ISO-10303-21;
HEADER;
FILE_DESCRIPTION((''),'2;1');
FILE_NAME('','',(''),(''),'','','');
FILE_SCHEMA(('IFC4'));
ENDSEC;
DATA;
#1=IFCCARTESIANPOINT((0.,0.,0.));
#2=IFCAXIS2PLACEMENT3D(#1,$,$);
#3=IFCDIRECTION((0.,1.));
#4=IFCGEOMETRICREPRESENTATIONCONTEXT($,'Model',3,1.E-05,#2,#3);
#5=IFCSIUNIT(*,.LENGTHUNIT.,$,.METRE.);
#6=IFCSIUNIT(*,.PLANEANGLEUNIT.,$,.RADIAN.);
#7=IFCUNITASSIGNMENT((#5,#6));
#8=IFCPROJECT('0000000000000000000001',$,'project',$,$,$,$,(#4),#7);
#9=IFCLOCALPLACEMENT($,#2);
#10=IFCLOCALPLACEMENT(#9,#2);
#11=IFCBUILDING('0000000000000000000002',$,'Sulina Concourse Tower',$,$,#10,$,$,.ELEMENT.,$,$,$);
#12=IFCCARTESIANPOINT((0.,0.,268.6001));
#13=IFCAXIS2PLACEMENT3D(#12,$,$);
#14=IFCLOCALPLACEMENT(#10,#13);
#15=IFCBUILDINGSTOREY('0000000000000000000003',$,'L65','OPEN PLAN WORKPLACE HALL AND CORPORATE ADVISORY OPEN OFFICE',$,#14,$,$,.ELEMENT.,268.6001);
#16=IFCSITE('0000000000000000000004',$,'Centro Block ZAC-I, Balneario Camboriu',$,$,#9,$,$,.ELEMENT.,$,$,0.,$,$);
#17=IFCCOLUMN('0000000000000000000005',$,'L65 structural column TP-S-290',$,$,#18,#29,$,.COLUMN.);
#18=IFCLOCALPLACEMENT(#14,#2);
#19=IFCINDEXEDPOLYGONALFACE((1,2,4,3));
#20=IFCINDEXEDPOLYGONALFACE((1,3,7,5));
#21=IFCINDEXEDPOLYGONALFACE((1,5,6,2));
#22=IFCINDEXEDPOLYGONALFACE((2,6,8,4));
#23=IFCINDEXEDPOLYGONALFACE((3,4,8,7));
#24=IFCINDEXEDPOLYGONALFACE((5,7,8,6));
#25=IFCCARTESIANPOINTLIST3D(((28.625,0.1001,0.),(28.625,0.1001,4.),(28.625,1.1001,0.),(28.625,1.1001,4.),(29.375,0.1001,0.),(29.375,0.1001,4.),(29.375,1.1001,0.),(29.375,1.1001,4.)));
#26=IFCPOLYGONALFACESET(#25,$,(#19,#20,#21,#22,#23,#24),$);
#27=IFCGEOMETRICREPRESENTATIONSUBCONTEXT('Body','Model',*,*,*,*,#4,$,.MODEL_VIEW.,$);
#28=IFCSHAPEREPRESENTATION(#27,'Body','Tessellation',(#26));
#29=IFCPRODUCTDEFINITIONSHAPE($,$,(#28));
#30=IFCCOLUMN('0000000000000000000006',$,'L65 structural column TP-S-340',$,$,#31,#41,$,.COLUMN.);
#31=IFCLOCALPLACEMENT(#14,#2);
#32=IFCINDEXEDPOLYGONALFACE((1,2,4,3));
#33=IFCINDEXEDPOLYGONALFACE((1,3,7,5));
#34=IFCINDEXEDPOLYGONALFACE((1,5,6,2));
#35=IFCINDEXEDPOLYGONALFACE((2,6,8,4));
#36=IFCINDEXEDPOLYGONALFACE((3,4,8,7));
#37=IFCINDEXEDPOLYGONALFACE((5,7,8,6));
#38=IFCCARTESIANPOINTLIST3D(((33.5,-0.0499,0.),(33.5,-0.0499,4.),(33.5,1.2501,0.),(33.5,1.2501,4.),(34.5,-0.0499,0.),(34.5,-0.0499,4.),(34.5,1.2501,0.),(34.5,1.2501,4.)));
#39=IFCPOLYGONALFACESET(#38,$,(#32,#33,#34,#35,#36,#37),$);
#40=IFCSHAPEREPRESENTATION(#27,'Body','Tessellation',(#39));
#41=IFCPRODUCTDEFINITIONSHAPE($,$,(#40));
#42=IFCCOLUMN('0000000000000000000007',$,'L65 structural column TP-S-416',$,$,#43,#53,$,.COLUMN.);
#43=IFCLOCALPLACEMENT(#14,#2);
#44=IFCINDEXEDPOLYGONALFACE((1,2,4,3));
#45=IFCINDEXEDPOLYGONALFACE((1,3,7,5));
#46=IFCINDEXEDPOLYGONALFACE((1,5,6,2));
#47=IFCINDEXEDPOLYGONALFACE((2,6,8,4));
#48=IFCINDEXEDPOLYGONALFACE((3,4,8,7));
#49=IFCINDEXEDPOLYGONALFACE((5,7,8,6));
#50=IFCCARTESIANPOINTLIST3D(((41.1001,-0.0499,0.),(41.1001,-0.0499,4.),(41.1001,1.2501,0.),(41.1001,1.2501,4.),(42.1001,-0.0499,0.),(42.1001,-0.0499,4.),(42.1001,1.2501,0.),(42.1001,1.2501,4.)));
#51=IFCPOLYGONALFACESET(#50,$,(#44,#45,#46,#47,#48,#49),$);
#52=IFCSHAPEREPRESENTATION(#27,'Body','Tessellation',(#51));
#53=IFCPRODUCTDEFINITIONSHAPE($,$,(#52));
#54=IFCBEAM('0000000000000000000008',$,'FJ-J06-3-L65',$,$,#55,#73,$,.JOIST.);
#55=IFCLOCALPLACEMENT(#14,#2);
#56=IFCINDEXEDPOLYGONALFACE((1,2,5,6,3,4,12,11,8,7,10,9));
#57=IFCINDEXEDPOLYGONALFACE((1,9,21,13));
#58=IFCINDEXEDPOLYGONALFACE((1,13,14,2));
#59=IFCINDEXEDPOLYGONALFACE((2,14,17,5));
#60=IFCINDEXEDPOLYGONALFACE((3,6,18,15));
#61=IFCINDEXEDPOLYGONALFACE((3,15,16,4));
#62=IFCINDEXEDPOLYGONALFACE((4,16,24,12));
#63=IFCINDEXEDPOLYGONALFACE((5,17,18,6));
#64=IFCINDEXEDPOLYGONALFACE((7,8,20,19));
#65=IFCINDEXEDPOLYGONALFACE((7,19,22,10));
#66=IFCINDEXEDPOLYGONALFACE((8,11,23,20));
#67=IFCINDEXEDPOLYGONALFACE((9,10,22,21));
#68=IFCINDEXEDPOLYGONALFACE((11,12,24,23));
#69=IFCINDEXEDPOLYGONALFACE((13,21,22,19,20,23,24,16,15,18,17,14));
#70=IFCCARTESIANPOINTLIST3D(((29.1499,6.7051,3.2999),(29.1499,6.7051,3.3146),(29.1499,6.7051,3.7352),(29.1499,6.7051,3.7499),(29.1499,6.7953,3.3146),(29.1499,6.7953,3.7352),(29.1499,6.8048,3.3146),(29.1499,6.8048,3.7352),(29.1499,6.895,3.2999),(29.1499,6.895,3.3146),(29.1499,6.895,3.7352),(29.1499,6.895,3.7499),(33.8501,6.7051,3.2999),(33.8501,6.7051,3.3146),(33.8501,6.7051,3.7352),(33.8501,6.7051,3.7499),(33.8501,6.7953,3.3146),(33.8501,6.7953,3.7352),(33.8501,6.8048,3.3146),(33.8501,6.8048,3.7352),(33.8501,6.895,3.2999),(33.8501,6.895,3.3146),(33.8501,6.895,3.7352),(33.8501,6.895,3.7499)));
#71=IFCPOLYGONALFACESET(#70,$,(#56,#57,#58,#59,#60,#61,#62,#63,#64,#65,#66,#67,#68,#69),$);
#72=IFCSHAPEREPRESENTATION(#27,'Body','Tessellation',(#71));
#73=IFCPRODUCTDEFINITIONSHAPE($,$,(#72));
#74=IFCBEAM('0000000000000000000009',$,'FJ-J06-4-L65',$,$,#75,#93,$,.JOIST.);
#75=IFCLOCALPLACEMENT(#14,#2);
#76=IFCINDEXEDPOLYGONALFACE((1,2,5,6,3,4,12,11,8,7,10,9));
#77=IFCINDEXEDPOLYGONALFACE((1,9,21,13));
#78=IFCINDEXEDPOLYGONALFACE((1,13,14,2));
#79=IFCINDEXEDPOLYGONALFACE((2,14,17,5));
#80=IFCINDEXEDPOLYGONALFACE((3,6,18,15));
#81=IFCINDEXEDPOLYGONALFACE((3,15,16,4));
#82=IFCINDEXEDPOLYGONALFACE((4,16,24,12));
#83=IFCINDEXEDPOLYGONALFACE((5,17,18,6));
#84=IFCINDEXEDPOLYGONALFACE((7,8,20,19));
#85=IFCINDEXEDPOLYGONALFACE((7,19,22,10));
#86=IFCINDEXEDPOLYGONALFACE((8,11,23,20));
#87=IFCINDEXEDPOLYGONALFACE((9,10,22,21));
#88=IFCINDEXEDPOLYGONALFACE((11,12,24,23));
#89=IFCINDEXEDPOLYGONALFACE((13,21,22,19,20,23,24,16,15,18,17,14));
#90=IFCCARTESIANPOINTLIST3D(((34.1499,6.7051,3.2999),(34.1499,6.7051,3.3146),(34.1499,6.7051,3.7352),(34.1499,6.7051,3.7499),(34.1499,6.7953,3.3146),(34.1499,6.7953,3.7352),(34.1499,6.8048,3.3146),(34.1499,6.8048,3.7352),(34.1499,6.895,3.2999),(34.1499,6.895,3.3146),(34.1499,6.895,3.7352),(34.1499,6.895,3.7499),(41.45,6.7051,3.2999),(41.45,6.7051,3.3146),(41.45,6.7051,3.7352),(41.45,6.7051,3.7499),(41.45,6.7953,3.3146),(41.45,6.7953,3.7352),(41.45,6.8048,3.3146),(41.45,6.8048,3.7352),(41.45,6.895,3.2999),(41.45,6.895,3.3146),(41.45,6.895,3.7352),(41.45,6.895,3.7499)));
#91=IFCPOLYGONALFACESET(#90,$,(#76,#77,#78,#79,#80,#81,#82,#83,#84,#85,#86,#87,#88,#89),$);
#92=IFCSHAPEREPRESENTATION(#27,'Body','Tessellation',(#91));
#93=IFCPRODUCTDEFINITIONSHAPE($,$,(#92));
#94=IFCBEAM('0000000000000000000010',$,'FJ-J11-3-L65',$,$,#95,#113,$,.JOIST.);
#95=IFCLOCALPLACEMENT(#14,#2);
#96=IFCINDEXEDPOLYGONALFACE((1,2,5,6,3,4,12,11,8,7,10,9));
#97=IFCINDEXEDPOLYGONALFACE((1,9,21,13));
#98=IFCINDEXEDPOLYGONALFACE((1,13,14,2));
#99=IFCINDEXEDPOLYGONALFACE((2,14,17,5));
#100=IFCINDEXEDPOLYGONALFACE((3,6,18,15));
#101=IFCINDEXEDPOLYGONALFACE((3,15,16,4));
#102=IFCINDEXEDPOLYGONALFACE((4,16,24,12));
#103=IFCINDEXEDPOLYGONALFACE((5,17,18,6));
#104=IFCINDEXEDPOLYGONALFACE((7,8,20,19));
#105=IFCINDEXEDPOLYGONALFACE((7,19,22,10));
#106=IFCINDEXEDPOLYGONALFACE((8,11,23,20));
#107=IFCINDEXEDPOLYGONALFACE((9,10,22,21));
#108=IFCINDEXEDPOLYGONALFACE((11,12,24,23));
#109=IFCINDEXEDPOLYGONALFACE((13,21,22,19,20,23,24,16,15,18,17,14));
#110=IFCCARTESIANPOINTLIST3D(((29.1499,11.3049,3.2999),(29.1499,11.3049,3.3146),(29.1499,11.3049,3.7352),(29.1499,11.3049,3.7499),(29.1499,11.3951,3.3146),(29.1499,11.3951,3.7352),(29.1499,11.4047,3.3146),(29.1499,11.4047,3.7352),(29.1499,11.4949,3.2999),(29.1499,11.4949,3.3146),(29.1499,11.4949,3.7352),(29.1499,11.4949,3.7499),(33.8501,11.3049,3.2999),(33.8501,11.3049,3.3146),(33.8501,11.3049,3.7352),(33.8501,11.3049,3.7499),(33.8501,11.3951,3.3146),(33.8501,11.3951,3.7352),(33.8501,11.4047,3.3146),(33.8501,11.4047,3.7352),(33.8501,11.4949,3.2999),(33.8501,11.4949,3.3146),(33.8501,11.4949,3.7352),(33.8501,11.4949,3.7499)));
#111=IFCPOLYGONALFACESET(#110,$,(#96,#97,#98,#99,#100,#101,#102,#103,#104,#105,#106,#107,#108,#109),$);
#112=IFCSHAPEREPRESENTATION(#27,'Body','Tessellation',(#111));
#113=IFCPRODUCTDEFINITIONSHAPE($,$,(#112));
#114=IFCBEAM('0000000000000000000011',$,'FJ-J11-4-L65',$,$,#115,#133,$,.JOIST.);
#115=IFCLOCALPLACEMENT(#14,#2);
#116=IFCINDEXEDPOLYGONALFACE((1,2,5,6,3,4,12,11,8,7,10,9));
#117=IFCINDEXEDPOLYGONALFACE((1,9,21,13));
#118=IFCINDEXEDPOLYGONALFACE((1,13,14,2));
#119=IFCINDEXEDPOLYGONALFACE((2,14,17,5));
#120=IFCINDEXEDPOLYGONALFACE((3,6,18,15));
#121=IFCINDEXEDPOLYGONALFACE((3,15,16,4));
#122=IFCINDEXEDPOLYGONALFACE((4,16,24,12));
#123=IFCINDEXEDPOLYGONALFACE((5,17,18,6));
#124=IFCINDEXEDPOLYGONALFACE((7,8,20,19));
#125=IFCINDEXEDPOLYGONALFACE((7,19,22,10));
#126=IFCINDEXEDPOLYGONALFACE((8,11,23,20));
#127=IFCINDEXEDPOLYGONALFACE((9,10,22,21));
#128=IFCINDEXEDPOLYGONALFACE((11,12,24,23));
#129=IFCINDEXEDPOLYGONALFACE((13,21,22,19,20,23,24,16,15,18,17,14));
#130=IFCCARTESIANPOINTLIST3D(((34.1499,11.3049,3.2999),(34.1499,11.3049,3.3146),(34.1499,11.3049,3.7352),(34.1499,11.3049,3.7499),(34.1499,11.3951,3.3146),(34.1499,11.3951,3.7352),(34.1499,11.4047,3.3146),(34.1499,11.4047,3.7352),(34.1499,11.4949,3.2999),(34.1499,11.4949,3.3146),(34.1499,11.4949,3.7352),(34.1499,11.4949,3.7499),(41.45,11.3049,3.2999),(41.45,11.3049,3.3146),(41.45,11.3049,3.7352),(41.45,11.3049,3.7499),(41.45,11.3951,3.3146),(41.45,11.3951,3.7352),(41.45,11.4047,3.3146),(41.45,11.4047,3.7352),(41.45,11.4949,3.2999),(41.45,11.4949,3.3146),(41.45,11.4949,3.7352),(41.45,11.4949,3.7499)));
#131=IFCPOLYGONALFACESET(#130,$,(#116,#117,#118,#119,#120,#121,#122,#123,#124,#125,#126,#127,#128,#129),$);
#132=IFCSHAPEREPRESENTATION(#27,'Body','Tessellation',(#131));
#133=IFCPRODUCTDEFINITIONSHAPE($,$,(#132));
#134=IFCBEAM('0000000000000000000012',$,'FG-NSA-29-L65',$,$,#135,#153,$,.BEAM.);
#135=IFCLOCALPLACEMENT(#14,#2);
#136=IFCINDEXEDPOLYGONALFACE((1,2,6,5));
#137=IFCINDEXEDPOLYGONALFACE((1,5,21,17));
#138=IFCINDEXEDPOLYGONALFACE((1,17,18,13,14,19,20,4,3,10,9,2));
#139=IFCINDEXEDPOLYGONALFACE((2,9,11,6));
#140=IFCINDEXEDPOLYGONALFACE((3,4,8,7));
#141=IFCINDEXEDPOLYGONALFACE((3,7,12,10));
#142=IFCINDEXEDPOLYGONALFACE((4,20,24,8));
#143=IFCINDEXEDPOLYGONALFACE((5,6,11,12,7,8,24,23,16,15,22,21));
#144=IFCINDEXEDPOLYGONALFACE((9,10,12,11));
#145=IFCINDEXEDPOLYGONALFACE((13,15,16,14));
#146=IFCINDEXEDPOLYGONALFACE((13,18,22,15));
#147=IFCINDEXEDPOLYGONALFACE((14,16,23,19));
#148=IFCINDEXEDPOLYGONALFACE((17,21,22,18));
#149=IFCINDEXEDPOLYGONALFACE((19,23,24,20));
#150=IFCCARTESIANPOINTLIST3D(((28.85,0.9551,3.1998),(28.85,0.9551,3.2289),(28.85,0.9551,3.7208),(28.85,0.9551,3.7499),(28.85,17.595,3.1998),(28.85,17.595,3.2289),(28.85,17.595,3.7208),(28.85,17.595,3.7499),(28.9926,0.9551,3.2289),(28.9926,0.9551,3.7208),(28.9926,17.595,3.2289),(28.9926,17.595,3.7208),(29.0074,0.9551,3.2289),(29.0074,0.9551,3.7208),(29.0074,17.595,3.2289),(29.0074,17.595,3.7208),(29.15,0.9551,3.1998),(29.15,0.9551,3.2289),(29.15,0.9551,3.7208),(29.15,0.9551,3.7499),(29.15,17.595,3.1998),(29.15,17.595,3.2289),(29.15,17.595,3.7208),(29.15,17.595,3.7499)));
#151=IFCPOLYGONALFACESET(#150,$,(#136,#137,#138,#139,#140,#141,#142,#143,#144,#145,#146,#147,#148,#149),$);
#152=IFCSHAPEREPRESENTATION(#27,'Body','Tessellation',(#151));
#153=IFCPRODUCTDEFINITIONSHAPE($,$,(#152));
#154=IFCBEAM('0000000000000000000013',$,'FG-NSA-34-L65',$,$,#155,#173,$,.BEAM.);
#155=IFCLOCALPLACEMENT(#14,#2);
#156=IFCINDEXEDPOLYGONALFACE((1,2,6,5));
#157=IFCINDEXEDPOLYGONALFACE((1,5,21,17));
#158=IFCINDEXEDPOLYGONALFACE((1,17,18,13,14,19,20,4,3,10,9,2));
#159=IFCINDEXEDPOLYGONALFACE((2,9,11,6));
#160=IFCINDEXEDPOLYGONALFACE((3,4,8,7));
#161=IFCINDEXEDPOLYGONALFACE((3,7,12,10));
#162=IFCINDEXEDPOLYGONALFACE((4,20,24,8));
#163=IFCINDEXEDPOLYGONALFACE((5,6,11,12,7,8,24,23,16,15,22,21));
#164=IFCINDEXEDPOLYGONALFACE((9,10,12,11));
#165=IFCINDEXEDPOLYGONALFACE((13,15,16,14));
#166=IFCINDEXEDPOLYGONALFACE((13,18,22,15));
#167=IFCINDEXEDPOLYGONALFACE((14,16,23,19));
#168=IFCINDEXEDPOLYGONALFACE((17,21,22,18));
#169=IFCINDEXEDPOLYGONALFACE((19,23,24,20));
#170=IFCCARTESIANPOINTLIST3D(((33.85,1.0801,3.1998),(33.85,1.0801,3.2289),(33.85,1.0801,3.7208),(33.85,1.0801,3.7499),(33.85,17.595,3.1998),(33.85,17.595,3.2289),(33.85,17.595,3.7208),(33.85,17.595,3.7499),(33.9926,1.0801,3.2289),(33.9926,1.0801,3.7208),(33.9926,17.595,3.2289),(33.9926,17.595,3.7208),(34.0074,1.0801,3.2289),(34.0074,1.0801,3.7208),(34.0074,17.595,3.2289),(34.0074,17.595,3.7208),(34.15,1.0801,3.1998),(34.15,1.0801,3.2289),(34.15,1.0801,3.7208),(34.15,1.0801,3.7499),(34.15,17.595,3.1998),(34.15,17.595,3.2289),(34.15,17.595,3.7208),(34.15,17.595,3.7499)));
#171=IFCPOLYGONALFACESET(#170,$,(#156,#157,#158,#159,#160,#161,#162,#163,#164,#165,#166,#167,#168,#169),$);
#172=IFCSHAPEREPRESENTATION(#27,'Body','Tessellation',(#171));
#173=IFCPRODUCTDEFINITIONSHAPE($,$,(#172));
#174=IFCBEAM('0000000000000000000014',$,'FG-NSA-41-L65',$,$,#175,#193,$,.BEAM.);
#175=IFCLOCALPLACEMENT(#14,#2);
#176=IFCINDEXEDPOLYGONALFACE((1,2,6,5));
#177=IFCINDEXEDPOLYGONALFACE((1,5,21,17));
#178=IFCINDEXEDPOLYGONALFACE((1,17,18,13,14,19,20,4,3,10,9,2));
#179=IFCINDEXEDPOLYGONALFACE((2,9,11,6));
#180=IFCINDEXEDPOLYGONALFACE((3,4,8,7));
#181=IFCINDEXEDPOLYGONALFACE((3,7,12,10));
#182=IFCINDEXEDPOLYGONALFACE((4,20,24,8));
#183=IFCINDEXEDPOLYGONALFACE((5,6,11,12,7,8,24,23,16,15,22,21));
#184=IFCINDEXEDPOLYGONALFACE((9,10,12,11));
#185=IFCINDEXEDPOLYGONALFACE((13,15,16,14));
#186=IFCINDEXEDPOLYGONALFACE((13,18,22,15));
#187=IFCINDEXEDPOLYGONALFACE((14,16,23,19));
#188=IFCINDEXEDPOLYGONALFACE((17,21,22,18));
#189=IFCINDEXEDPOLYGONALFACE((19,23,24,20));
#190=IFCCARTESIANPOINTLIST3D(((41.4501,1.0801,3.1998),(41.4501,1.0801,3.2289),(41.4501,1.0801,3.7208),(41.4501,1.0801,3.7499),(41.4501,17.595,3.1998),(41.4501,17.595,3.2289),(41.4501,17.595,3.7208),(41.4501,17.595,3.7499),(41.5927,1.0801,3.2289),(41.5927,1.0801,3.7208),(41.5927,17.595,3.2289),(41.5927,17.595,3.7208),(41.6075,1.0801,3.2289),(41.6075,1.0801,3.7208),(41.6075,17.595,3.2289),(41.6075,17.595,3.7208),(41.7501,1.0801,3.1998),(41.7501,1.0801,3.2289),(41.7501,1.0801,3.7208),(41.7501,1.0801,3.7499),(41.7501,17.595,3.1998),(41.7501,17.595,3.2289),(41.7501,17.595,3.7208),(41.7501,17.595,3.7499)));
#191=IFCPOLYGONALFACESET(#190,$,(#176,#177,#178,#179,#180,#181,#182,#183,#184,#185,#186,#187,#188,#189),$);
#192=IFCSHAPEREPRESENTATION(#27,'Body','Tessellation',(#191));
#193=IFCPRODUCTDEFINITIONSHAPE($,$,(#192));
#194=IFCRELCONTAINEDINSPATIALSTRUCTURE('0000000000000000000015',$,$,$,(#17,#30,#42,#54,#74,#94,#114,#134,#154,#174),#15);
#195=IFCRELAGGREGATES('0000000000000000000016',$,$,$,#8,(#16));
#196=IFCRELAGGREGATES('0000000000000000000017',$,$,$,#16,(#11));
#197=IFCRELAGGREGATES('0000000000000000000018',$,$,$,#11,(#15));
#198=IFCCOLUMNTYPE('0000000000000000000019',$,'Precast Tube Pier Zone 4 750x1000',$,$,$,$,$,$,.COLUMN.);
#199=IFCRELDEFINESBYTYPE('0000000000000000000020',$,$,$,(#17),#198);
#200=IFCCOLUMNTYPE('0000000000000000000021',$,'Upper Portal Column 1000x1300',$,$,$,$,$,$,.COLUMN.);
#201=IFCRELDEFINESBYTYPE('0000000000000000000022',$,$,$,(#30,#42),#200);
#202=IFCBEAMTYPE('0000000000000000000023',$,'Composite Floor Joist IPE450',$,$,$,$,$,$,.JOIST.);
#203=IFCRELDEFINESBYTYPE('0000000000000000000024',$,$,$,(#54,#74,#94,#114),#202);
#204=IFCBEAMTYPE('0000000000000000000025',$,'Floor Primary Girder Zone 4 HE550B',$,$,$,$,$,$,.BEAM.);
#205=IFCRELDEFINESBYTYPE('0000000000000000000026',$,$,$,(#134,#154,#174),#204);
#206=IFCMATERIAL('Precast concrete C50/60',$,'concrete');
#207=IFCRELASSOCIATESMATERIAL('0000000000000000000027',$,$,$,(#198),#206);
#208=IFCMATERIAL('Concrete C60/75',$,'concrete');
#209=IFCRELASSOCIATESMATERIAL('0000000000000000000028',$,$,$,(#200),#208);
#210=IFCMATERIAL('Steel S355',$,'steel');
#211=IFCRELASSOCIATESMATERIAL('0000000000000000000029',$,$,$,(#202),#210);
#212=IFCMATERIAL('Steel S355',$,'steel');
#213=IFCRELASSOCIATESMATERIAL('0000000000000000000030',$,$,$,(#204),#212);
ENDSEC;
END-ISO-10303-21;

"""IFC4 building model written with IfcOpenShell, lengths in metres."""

from ifc_helpers import new_model, si_unit, direction, frame, origin, origin_2d, place, context, subcontext, project, spatial, rectangle, i_section, extrude, material, material_profile, profile_set, type_object, element, save


model = new_model("IFC4")

# Units and contexts
model_context = context("Model", 3, precision=1e-05, world=origin(), true_north=direction((0.0, 1.0)))
body_context = subcontext(model_context, "Body", "Model", "MODEL_VIEW")
ifc_project = project(units=[si_unit("LENGTHUNIT", "METRE"), si_unit("PLANEANGLEUNIT", "RADIAN")], contexts=[model_context])

# Site, building, storey
site_placement = place(None, origin())
site = spatial("IfcSite", under=ifc_project, at=site_placement, Name="Centro Block ZAC-I, Balneario Camboriu", CompositionType="ELEMENT", RefElevation=0.0)
building_placement = place(site_placement, origin())
building = spatial("IfcBuilding", under=site, at=building_placement, Name="Sulina Concourse Tower", CompositionType="ELEMENT")
storey_placement = place(building_placement, frame((0.0, 0.0, 268.6001)))
storey = spatial("IfcBuildingStorey", under=building, at=storey_placement, Name="L65", Description="OPEN PLAN WORKPLACE HALL AND CORPORATE ADVISORY OPEN OFFICE", CompositionType="ELEMENT", Elevation=268.6001)

# Columns
ifc_material_1 = material(Name="Precast concrete C50/60", Category="concrete")
ifc_material_profile_1 = material_profile(ifc_material_1, rectangle(XDim=0.75, YDim=1.0, at=origin_2d()), Name="PC 750x1000")
ifc_profile_set_1 = profile_set([ifc_material_profile_1], Name="Precast concrete C50/60")
column_type_1 = type_object("IfcColumnType", Name="Precast Tube Pier Zone 4 750x1000", PredefinedType="COLUMN", material=ifc_profile_set_1)
column_placement = place(storey_placement, frame((29.0, 0.6001, 0.0), z_axis=(0.0, 0.0, 1.0), x_axis=(1.0, 0.0, 0.0)))
element("IfcColumn", 1, at=column_placement, inside=storey, type_object=column_type_1, Name="L65 structural column TP-S-290", PredefinedType="COLUMN", context=body_context, shape_type="SweptSolid", body=[
    extrude(rectangle(XDim=0.75, YDim=1.0, at=origin_2d()), origin(), (0.0, 0.0, 1.0), 4.0),
])
ifc_material_2 = material(Name="Concrete C60/75", Category="concrete")
ifc_material_profile_2 = material_profile(ifc_material_2, rectangle(XDim=1.0, YDim=1.3, at=origin_2d()), Name="RC 1000x1300")
ifc_profile_set_2 = profile_set([ifc_material_profile_2], Name="Concrete C60/75")
column_type_2 = type_object("IfcColumnType", Name="Upper Portal Column 1000x1300", PredefinedType="COLUMN", material=ifc_profile_set_2)
for number, where, z_axis, x_axis, name in (
    (2, (34.0, 0.6001, 0.0), (0.0, 0.0, 1.0), (1.0, 0.0, 0.0), "L65 structural column TP-S-340"),
    (3, (41.6001, 0.6001, 0.0), (0.0, 0.0, 1.0), (1.0, 0.0, 0.0), "L65 structural column TP-S-416"),
):
    element("IfcColumn", number, at=place(storey_placement, frame(where, z_axis=z_axis, x_axis=x_axis)), inside=storey, type_object=column_type_2, Name=name, PredefinedType="COLUMN", context=body_context, shape_type="SweptSolid", body=[
        extrude(rectangle(XDim=1.0, YDim=1.3, at=origin_2d()), origin(), (0.0, 0.0, 1.0), 4.0),
    ])

# Beams
ifc_material_3 = material(Name="Steel S355", Category="steel")
ifc_material_profile_3 = material_profile(ifc_material_3, i_section(OverallWidth=0.1899, OverallDepth=0.45, WebThickness=0.0095, FlangeThickness=0.0146, at=origin_2d()), Name="IPE 450")
ifc_profile_set_3 = profile_set([ifc_material_profile_3], Name="Steel S355")
beam_type_1 = type_object("IfcBeamType", Name="Composite Floor Joist IPE450", PredefinedType="JOIST", material=ifc_profile_set_3)
beam_1_placement = place(storey_placement, frame((29.1499, 6.8, 3.5249), z_axis=(1.0, 0.0, 0.0), x_axis=(0.0, 1.0, 0.0)))
element("IfcBeam", 4, at=beam_1_placement, inside=storey, type_object=beam_type_1, Name="FJ-J06-3-L65", PredefinedType="JOIST", context=body_context, shape_type="SweptSolid", body=[
    extrude(i_section(OverallWidth=0.1899, OverallDepth=0.45, WebThickness=0.0095, FlangeThickness=0.0146, at=origin_2d()), origin(), (0.0, 0.0, 1.0), 4.7002),
])
beam_2_placement = place(storey_placement, frame((34.1499, 6.8, 3.5249), z_axis=(1.0, 0.0, 0.0), x_axis=(0.0, 1.0, 0.0)))
element("IfcBeam", 5, at=beam_2_placement, inside=storey, type_object=beam_type_1, Name="FJ-J06-4-L65", PredefinedType="JOIST", context=body_context, shape_type="SweptSolid", body=[
    extrude(i_section(OverallWidth=0.1899, OverallDepth=0.45, WebThickness=0.0095, FlangeThickness=0.0146, at=origin_2d()), origin(), (0.0, 0.0, 1.0), 7.3),
])
beam_3_placement = place(storey_placement, frame((29.1499, 11.3999, 3.5249), z_axis=(1.0, 0.0, 0.0), x_axis=(0.0, 1.0, 0.0)))
element("IfcBeam", 6, at=beam_3_placement, inside=storey, type_object=beam_type_1, Name="FJ-J11-3-L65", PredefinedType="JOIST", context=body_context, shape_type="SweptSolid", body=[
    extrude(i_section(OverallWidth=0.1899, OverallDepth=0.45, WebThickness=0.0095, FlangeThickness=0.0146, at=origin_2d()), origin(), (0.0, 0.0, 1.0), 4.7002),
])
beam_4_placement = place(storey_placement, frame((34.1499, 11.3999, 3.5249), z_axis=(1.0, 0.0, 0.0), x_axis=(0.0, 1.0, 0.0)))
element("IfcBeam", 7, at=beam_4_placement, inside=storey, type_object=beam_type_1, Name="FJ-J11-4-L65", PredefinedType="JOIST", context=body_context, shape_type="SweptSolid", body=[
    extrude(i_section(OverallWidth=0.1899, OverallDepth=0.45, WebThickness=0.0095, FlangeThickness=0.0146, at=origin_2d()), origin(), (0.0, 0.0, 1.0), 7.3),
])
ifc_material_4 = material(Name="Steel S355", Category="steel")
ifc_material_profile_4 = material_profile(ifc_material_4, i_section(OverallWidth=0.3, OverallDepth=0.55, WebThickness=0.0149, FlangeThickness=0.0291, at=origin_2d()), Name="HE 550 B")
ifc_profile_set_4 = profile_set([ifc_material_profile_4], Name="Steel S355")
beam_type_2 = type_object("IfcBeamType", Name="Floor Primary Girder Zone 4 HE550B", PredefinedType="BEAM", material=ifc_profile_set_4)
beam_5_placement = place(storey_placement, frame((29.0, 0.9551, 3.4749), z_axis=(0.0, 1.0, 0.0), x_axis=(-1.0, 0.0, 0.0)))
element("IfcBeam", 8, at=beam_5_placement, inside=storey, type_object=beam_type_2, Name="FG-NSA-29-L65", PredefinedType="BEAM", context=body_context, shape_type="SweptSolid", body=[
    extrude(i_section(OverallWidth=0.3, OverallDepth=0.55, WebThickness=0.0149, FlangeThickness=0.0291, at=origin_2d()), origin(), (0.0, 0.0, 1.0), 16.6399),
])
for number, where, z_axis, x_axis, name in (
    (9, (34.0, 1.0801, 3.4749), (0.0, 1.0, 0.0), (-1.0, 0.0, 0.0), "FG-NSA-34-L65"),
    (10, (41.6001, 1.0801, 3.4749), (0.0, 1.0, 0.0), (-1.0, 0.0, 0.0), "FG-NSA-41-L65"),
):
    element("IfcBeam", number, at=place(storey_placement, frame(where, z_axis=z_axis, x_axis=x_axis)), inside=storey, type_object=beam_type_2, Name=name, PredefinedType="BEAM", context=body_context, shape_type="SweptSolid", body=[
        extrude(i_section(OverallWidth=0.3, OverallDepth=0.55, WebThickness=0.0149, FlangeThickness=0.0291, at=origin_2d()), origin(), (0.0, 0.0, 1.0), 16.5149),
    ])

save(model, "model.ifc")
